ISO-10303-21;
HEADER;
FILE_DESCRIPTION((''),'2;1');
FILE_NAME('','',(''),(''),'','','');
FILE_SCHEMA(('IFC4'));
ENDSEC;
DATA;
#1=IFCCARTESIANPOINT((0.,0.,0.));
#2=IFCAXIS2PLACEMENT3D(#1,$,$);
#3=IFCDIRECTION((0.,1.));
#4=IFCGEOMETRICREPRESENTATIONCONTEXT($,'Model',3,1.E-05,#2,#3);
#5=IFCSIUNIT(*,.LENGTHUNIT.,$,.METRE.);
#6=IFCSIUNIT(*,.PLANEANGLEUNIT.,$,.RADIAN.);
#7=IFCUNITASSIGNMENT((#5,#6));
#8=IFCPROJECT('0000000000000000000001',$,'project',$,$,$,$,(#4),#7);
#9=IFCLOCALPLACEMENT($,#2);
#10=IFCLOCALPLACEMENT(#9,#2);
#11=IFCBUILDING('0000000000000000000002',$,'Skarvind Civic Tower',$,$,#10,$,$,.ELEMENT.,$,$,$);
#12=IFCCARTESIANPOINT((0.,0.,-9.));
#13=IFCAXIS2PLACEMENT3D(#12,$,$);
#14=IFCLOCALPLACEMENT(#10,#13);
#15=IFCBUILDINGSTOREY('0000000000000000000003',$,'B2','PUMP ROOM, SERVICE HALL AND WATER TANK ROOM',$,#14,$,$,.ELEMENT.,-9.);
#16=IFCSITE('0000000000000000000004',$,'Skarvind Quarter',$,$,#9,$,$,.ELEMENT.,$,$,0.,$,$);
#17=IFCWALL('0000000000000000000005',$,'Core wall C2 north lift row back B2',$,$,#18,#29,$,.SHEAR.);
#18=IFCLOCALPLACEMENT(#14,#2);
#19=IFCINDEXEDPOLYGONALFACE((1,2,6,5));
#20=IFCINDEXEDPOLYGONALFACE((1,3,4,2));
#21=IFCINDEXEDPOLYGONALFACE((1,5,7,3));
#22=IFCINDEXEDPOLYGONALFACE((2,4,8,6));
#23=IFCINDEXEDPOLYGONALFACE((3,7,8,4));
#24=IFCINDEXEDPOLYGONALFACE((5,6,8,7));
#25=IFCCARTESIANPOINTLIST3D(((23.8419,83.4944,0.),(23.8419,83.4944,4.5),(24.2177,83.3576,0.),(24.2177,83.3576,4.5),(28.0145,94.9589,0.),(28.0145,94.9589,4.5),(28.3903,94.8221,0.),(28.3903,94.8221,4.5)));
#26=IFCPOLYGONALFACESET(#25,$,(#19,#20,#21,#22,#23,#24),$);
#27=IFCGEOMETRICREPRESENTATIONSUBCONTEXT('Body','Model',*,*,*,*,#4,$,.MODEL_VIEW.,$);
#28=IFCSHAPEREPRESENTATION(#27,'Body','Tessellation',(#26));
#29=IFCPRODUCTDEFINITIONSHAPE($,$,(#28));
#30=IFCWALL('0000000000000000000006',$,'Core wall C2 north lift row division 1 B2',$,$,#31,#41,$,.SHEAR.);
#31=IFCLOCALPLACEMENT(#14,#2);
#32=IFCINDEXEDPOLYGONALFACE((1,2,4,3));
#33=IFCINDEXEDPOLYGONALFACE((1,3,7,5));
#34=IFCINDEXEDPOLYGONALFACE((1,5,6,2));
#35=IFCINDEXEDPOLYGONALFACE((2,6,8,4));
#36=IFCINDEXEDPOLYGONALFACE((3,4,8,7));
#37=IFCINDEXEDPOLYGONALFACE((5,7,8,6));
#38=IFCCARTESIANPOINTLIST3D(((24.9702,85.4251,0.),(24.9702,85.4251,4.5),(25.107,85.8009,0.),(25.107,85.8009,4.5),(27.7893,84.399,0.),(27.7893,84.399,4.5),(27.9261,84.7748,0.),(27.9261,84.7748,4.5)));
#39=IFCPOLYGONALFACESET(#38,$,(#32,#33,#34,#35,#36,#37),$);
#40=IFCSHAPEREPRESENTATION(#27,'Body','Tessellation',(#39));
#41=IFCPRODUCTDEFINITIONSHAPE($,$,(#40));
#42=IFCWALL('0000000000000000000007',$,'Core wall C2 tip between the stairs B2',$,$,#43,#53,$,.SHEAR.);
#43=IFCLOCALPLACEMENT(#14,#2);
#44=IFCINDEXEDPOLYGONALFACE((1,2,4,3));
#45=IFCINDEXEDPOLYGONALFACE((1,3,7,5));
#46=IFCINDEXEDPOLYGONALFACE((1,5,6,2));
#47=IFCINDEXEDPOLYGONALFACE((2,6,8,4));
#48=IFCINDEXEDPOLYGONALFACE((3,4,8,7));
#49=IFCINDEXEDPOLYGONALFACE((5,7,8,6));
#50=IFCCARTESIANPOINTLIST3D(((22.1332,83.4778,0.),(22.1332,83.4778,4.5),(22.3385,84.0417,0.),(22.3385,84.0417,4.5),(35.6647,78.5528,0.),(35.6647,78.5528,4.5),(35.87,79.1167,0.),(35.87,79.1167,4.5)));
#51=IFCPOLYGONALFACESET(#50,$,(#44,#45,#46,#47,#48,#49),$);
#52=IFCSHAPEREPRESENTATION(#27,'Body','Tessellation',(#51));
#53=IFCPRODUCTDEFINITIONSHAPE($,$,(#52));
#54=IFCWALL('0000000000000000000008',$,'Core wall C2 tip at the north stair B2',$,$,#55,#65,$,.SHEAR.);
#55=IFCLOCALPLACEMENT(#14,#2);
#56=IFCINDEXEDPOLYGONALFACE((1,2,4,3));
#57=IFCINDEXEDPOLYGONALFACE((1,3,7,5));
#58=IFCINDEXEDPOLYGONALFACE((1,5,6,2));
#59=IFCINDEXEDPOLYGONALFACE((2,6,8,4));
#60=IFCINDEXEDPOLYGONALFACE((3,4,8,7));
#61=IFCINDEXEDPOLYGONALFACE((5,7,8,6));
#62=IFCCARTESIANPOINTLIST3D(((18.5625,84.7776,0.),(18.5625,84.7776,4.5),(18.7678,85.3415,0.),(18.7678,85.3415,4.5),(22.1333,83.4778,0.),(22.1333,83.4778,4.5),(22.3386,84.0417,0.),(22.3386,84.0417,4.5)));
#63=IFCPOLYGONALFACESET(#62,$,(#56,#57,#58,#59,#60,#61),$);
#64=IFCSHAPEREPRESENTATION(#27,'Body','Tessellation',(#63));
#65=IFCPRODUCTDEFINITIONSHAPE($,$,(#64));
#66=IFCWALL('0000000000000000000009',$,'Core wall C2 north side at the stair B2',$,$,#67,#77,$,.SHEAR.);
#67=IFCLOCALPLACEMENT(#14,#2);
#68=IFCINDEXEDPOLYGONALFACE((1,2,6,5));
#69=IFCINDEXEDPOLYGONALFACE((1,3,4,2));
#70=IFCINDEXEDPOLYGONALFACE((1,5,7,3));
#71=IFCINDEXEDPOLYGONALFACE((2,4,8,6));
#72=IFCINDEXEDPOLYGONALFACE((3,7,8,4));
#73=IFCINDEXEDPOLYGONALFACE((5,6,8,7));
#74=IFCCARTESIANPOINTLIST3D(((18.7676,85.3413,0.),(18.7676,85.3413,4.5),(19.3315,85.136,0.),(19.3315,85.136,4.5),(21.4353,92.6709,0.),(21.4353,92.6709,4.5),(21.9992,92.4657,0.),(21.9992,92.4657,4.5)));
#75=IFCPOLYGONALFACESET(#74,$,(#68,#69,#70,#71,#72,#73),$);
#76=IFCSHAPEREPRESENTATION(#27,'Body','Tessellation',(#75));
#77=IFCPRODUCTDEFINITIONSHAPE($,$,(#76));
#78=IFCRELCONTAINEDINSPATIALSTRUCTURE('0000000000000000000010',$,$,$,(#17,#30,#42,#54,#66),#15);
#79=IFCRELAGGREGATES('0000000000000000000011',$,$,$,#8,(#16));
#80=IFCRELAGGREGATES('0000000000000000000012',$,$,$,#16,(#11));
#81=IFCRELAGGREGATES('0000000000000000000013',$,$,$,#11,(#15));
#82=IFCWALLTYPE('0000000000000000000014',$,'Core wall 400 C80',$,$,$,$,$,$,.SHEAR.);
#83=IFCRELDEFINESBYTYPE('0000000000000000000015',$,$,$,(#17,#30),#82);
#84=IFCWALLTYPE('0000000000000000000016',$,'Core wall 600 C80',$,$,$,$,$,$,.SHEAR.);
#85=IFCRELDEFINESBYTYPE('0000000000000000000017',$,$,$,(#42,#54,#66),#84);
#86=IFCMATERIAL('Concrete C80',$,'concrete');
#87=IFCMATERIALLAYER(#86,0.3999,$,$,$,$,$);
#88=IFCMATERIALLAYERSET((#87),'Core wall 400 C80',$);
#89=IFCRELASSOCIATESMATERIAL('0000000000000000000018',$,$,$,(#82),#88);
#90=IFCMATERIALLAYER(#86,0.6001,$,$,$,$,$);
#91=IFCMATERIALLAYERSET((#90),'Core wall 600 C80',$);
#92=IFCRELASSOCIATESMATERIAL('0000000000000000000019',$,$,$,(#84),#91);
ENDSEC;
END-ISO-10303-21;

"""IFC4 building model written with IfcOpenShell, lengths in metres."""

from ifc_helpers import new_model, si_unit, direction, frame, frame_2d, origin, place, context, subcontext, project, spatial, rectangle, extrude, material, layer, layer_set, type_object, element, save


model = new_model("IFC4")

# Units and contexts
model_context = context("Model", 3, precision=1e-05, world=origin(), true_north=direction((0.0, 1.0)))
body_context = subcontext(model_context, "Body", "Model", "MODEL_VIEW")
ifc_project = project(units=[si_unit("LENGTHUNIT", "METRE"), si_unit("PLANEANGLEUNIT", "RADIAN")], contexts=[model_context])

# Site, building, storey
site_placement = place(None, origin())
site = spatial("IfcSite", under=ifc_project, at=site_placement, Name="Skarvind Quarter", CompositionType="ELEMENT", RefElevation=0.0)
building_placement = place(site_placement, origin())
building = spatial("IfcBuilding", under=site, at=building_placement, Name="Skarvind Civic Tower", CompositionType="ELEMENT")
storey_placement = place(building_placement, frame((0.0, 0.0, -9.0)))
storey = spatial("IfcBuildingStorey", under=building, at=storey_placement, Name="B2", Description="PUMP ROOM, SERVICE HALL AND WATER TANK ROOM", CompositionType="ELEMENT", Elevation=-9.0)

# Shared definitions
ifc_material_1 = material(Name="Concrete C80", Category="concrete")
ifc_layer_1 = layer(ifc_material_1, 0.3999)
ifc_layer_set_1 = layer_set([ifc_layer_1], Name="Core wall 400 C80")
wall_type_1 = type_object("IfcWallType", Name="Core wall 400 C80", PredefinedType="SHEAR", material=ifc_layer_set_1)

# Walls
wall_1_placement = place(storey_placement, frame((24.0298, 83.426, 0.0), z_axis=(0.0, 0.0, 1.0), x_axis=(0.342015, 0.939695, 0.0)))
element("IfcWall", 1, at=wall_1_placement, inside=storey, type_object=wall_type_1, Name="Core wall C2 north lift row back B2", PredefinedType="SHEAR", context=body_context, shape_type="SweptSolid", body=[
    extrude(rectangle(XDim=12.2002, YDim=0.3999, at=frame_2d((6.1001, 0.0))), origin(), (0.0, 0.0, 1.0), 4.5),
])
wall_2_placement = place(storey_placement, frame((27.8577, 84.5869, 0.0), z_axis=(0.0, 0.0, 1.0), x_axis=(-0.939686, 0.342037, 0.0)))
element("IfcWall", 2, at=wall_2_placement, inside=storey, type_object=wall_type_1, Name="Core wall C2 north lift row division 1 B2", PredefinedType="SHEAR", context=body_context, shape_type="SweptSolid", body=[
    extrude(rectangle(XDim=3.0, YDim=0.3999, at=frame_2d((1.5, 0.0))), origin(), (0.0, 0.0, 1.0), 4.5),
])
ifc_layer_2 = layer(ifc_material_1, 0.6001)
ifc_layer_set_2 = layer_set([ifc_layer_2], Name="Core wall 600 C80")
wall_type_2 = type_object("IfcWallType", Name="Core wall 600 C80", PredefinedType="SHEAR", material=ifc_layer_set_2)
wall_3_placement = place(storey_placement, frame((35.7673, 78.8347, 0.0), z_axis=(0.0, 0.0, 1.0), x_axis=(-0.939693, 0.342019, 0.0)))
element("IfcWall", 3, at=wall_3_placement, inside=storey, type_object=wall_type_2, Name="Core wall C2 tip between the stairs B2", PredefinedType="SHEAR", context=body_context, shape_type="SweptSolid", body=[
    extrude(rectangle(XDim=14.3999, YDim=0.6001, at=frame_2d((7.2, 0.0))), origin(), (0.0, 0.0, 1.0), 4.5),
])
wall_4_placement = place(storey_placement, frame((22.2358, 83.7598, 0.0), z_axis=(0.0, 0.0, 1.0), x_axis=(-0.939681, 0.342053, 0.0)))
element("IfcWall", 4, at=wall_4_placement, inside=storey, type_object=wall_type_2, Name="Core wall C2 tip at the north stair B2", PredefinedType="SHEAR", context=body_context, shape_type="SweptSolid", body=[
    extrude(rectangle(XDim=3.8, YDim=0.6001, at=frame_2d((1.8999, 0.0))), origin(), (0.0, 0.0, 1.0), 4.5),
])
wall_5_placement = place(storey_placement, frame((19.0496, 85.2388, 0.0), z_axis=(0.0, 0.0, 1.0), x_axis=(0.342017, 0.939694, 0.0)))
element("IfcWall", 5, at=wall_5_placement, inside=storey, type_object=wall_type_2, Name="Core wall C2 north side at the stair B2", PredefinedType="SHEAR", context=body_context, shape_type="SweptSolid", body=[
    extrude(rectangle(XDim=7.8, YDim=0.6001, at=frame_2d((3.8999, 0.0))), origin(), (0.0, 0.0, 1.0), 4.5),
])

save(model, "model.ifc")
